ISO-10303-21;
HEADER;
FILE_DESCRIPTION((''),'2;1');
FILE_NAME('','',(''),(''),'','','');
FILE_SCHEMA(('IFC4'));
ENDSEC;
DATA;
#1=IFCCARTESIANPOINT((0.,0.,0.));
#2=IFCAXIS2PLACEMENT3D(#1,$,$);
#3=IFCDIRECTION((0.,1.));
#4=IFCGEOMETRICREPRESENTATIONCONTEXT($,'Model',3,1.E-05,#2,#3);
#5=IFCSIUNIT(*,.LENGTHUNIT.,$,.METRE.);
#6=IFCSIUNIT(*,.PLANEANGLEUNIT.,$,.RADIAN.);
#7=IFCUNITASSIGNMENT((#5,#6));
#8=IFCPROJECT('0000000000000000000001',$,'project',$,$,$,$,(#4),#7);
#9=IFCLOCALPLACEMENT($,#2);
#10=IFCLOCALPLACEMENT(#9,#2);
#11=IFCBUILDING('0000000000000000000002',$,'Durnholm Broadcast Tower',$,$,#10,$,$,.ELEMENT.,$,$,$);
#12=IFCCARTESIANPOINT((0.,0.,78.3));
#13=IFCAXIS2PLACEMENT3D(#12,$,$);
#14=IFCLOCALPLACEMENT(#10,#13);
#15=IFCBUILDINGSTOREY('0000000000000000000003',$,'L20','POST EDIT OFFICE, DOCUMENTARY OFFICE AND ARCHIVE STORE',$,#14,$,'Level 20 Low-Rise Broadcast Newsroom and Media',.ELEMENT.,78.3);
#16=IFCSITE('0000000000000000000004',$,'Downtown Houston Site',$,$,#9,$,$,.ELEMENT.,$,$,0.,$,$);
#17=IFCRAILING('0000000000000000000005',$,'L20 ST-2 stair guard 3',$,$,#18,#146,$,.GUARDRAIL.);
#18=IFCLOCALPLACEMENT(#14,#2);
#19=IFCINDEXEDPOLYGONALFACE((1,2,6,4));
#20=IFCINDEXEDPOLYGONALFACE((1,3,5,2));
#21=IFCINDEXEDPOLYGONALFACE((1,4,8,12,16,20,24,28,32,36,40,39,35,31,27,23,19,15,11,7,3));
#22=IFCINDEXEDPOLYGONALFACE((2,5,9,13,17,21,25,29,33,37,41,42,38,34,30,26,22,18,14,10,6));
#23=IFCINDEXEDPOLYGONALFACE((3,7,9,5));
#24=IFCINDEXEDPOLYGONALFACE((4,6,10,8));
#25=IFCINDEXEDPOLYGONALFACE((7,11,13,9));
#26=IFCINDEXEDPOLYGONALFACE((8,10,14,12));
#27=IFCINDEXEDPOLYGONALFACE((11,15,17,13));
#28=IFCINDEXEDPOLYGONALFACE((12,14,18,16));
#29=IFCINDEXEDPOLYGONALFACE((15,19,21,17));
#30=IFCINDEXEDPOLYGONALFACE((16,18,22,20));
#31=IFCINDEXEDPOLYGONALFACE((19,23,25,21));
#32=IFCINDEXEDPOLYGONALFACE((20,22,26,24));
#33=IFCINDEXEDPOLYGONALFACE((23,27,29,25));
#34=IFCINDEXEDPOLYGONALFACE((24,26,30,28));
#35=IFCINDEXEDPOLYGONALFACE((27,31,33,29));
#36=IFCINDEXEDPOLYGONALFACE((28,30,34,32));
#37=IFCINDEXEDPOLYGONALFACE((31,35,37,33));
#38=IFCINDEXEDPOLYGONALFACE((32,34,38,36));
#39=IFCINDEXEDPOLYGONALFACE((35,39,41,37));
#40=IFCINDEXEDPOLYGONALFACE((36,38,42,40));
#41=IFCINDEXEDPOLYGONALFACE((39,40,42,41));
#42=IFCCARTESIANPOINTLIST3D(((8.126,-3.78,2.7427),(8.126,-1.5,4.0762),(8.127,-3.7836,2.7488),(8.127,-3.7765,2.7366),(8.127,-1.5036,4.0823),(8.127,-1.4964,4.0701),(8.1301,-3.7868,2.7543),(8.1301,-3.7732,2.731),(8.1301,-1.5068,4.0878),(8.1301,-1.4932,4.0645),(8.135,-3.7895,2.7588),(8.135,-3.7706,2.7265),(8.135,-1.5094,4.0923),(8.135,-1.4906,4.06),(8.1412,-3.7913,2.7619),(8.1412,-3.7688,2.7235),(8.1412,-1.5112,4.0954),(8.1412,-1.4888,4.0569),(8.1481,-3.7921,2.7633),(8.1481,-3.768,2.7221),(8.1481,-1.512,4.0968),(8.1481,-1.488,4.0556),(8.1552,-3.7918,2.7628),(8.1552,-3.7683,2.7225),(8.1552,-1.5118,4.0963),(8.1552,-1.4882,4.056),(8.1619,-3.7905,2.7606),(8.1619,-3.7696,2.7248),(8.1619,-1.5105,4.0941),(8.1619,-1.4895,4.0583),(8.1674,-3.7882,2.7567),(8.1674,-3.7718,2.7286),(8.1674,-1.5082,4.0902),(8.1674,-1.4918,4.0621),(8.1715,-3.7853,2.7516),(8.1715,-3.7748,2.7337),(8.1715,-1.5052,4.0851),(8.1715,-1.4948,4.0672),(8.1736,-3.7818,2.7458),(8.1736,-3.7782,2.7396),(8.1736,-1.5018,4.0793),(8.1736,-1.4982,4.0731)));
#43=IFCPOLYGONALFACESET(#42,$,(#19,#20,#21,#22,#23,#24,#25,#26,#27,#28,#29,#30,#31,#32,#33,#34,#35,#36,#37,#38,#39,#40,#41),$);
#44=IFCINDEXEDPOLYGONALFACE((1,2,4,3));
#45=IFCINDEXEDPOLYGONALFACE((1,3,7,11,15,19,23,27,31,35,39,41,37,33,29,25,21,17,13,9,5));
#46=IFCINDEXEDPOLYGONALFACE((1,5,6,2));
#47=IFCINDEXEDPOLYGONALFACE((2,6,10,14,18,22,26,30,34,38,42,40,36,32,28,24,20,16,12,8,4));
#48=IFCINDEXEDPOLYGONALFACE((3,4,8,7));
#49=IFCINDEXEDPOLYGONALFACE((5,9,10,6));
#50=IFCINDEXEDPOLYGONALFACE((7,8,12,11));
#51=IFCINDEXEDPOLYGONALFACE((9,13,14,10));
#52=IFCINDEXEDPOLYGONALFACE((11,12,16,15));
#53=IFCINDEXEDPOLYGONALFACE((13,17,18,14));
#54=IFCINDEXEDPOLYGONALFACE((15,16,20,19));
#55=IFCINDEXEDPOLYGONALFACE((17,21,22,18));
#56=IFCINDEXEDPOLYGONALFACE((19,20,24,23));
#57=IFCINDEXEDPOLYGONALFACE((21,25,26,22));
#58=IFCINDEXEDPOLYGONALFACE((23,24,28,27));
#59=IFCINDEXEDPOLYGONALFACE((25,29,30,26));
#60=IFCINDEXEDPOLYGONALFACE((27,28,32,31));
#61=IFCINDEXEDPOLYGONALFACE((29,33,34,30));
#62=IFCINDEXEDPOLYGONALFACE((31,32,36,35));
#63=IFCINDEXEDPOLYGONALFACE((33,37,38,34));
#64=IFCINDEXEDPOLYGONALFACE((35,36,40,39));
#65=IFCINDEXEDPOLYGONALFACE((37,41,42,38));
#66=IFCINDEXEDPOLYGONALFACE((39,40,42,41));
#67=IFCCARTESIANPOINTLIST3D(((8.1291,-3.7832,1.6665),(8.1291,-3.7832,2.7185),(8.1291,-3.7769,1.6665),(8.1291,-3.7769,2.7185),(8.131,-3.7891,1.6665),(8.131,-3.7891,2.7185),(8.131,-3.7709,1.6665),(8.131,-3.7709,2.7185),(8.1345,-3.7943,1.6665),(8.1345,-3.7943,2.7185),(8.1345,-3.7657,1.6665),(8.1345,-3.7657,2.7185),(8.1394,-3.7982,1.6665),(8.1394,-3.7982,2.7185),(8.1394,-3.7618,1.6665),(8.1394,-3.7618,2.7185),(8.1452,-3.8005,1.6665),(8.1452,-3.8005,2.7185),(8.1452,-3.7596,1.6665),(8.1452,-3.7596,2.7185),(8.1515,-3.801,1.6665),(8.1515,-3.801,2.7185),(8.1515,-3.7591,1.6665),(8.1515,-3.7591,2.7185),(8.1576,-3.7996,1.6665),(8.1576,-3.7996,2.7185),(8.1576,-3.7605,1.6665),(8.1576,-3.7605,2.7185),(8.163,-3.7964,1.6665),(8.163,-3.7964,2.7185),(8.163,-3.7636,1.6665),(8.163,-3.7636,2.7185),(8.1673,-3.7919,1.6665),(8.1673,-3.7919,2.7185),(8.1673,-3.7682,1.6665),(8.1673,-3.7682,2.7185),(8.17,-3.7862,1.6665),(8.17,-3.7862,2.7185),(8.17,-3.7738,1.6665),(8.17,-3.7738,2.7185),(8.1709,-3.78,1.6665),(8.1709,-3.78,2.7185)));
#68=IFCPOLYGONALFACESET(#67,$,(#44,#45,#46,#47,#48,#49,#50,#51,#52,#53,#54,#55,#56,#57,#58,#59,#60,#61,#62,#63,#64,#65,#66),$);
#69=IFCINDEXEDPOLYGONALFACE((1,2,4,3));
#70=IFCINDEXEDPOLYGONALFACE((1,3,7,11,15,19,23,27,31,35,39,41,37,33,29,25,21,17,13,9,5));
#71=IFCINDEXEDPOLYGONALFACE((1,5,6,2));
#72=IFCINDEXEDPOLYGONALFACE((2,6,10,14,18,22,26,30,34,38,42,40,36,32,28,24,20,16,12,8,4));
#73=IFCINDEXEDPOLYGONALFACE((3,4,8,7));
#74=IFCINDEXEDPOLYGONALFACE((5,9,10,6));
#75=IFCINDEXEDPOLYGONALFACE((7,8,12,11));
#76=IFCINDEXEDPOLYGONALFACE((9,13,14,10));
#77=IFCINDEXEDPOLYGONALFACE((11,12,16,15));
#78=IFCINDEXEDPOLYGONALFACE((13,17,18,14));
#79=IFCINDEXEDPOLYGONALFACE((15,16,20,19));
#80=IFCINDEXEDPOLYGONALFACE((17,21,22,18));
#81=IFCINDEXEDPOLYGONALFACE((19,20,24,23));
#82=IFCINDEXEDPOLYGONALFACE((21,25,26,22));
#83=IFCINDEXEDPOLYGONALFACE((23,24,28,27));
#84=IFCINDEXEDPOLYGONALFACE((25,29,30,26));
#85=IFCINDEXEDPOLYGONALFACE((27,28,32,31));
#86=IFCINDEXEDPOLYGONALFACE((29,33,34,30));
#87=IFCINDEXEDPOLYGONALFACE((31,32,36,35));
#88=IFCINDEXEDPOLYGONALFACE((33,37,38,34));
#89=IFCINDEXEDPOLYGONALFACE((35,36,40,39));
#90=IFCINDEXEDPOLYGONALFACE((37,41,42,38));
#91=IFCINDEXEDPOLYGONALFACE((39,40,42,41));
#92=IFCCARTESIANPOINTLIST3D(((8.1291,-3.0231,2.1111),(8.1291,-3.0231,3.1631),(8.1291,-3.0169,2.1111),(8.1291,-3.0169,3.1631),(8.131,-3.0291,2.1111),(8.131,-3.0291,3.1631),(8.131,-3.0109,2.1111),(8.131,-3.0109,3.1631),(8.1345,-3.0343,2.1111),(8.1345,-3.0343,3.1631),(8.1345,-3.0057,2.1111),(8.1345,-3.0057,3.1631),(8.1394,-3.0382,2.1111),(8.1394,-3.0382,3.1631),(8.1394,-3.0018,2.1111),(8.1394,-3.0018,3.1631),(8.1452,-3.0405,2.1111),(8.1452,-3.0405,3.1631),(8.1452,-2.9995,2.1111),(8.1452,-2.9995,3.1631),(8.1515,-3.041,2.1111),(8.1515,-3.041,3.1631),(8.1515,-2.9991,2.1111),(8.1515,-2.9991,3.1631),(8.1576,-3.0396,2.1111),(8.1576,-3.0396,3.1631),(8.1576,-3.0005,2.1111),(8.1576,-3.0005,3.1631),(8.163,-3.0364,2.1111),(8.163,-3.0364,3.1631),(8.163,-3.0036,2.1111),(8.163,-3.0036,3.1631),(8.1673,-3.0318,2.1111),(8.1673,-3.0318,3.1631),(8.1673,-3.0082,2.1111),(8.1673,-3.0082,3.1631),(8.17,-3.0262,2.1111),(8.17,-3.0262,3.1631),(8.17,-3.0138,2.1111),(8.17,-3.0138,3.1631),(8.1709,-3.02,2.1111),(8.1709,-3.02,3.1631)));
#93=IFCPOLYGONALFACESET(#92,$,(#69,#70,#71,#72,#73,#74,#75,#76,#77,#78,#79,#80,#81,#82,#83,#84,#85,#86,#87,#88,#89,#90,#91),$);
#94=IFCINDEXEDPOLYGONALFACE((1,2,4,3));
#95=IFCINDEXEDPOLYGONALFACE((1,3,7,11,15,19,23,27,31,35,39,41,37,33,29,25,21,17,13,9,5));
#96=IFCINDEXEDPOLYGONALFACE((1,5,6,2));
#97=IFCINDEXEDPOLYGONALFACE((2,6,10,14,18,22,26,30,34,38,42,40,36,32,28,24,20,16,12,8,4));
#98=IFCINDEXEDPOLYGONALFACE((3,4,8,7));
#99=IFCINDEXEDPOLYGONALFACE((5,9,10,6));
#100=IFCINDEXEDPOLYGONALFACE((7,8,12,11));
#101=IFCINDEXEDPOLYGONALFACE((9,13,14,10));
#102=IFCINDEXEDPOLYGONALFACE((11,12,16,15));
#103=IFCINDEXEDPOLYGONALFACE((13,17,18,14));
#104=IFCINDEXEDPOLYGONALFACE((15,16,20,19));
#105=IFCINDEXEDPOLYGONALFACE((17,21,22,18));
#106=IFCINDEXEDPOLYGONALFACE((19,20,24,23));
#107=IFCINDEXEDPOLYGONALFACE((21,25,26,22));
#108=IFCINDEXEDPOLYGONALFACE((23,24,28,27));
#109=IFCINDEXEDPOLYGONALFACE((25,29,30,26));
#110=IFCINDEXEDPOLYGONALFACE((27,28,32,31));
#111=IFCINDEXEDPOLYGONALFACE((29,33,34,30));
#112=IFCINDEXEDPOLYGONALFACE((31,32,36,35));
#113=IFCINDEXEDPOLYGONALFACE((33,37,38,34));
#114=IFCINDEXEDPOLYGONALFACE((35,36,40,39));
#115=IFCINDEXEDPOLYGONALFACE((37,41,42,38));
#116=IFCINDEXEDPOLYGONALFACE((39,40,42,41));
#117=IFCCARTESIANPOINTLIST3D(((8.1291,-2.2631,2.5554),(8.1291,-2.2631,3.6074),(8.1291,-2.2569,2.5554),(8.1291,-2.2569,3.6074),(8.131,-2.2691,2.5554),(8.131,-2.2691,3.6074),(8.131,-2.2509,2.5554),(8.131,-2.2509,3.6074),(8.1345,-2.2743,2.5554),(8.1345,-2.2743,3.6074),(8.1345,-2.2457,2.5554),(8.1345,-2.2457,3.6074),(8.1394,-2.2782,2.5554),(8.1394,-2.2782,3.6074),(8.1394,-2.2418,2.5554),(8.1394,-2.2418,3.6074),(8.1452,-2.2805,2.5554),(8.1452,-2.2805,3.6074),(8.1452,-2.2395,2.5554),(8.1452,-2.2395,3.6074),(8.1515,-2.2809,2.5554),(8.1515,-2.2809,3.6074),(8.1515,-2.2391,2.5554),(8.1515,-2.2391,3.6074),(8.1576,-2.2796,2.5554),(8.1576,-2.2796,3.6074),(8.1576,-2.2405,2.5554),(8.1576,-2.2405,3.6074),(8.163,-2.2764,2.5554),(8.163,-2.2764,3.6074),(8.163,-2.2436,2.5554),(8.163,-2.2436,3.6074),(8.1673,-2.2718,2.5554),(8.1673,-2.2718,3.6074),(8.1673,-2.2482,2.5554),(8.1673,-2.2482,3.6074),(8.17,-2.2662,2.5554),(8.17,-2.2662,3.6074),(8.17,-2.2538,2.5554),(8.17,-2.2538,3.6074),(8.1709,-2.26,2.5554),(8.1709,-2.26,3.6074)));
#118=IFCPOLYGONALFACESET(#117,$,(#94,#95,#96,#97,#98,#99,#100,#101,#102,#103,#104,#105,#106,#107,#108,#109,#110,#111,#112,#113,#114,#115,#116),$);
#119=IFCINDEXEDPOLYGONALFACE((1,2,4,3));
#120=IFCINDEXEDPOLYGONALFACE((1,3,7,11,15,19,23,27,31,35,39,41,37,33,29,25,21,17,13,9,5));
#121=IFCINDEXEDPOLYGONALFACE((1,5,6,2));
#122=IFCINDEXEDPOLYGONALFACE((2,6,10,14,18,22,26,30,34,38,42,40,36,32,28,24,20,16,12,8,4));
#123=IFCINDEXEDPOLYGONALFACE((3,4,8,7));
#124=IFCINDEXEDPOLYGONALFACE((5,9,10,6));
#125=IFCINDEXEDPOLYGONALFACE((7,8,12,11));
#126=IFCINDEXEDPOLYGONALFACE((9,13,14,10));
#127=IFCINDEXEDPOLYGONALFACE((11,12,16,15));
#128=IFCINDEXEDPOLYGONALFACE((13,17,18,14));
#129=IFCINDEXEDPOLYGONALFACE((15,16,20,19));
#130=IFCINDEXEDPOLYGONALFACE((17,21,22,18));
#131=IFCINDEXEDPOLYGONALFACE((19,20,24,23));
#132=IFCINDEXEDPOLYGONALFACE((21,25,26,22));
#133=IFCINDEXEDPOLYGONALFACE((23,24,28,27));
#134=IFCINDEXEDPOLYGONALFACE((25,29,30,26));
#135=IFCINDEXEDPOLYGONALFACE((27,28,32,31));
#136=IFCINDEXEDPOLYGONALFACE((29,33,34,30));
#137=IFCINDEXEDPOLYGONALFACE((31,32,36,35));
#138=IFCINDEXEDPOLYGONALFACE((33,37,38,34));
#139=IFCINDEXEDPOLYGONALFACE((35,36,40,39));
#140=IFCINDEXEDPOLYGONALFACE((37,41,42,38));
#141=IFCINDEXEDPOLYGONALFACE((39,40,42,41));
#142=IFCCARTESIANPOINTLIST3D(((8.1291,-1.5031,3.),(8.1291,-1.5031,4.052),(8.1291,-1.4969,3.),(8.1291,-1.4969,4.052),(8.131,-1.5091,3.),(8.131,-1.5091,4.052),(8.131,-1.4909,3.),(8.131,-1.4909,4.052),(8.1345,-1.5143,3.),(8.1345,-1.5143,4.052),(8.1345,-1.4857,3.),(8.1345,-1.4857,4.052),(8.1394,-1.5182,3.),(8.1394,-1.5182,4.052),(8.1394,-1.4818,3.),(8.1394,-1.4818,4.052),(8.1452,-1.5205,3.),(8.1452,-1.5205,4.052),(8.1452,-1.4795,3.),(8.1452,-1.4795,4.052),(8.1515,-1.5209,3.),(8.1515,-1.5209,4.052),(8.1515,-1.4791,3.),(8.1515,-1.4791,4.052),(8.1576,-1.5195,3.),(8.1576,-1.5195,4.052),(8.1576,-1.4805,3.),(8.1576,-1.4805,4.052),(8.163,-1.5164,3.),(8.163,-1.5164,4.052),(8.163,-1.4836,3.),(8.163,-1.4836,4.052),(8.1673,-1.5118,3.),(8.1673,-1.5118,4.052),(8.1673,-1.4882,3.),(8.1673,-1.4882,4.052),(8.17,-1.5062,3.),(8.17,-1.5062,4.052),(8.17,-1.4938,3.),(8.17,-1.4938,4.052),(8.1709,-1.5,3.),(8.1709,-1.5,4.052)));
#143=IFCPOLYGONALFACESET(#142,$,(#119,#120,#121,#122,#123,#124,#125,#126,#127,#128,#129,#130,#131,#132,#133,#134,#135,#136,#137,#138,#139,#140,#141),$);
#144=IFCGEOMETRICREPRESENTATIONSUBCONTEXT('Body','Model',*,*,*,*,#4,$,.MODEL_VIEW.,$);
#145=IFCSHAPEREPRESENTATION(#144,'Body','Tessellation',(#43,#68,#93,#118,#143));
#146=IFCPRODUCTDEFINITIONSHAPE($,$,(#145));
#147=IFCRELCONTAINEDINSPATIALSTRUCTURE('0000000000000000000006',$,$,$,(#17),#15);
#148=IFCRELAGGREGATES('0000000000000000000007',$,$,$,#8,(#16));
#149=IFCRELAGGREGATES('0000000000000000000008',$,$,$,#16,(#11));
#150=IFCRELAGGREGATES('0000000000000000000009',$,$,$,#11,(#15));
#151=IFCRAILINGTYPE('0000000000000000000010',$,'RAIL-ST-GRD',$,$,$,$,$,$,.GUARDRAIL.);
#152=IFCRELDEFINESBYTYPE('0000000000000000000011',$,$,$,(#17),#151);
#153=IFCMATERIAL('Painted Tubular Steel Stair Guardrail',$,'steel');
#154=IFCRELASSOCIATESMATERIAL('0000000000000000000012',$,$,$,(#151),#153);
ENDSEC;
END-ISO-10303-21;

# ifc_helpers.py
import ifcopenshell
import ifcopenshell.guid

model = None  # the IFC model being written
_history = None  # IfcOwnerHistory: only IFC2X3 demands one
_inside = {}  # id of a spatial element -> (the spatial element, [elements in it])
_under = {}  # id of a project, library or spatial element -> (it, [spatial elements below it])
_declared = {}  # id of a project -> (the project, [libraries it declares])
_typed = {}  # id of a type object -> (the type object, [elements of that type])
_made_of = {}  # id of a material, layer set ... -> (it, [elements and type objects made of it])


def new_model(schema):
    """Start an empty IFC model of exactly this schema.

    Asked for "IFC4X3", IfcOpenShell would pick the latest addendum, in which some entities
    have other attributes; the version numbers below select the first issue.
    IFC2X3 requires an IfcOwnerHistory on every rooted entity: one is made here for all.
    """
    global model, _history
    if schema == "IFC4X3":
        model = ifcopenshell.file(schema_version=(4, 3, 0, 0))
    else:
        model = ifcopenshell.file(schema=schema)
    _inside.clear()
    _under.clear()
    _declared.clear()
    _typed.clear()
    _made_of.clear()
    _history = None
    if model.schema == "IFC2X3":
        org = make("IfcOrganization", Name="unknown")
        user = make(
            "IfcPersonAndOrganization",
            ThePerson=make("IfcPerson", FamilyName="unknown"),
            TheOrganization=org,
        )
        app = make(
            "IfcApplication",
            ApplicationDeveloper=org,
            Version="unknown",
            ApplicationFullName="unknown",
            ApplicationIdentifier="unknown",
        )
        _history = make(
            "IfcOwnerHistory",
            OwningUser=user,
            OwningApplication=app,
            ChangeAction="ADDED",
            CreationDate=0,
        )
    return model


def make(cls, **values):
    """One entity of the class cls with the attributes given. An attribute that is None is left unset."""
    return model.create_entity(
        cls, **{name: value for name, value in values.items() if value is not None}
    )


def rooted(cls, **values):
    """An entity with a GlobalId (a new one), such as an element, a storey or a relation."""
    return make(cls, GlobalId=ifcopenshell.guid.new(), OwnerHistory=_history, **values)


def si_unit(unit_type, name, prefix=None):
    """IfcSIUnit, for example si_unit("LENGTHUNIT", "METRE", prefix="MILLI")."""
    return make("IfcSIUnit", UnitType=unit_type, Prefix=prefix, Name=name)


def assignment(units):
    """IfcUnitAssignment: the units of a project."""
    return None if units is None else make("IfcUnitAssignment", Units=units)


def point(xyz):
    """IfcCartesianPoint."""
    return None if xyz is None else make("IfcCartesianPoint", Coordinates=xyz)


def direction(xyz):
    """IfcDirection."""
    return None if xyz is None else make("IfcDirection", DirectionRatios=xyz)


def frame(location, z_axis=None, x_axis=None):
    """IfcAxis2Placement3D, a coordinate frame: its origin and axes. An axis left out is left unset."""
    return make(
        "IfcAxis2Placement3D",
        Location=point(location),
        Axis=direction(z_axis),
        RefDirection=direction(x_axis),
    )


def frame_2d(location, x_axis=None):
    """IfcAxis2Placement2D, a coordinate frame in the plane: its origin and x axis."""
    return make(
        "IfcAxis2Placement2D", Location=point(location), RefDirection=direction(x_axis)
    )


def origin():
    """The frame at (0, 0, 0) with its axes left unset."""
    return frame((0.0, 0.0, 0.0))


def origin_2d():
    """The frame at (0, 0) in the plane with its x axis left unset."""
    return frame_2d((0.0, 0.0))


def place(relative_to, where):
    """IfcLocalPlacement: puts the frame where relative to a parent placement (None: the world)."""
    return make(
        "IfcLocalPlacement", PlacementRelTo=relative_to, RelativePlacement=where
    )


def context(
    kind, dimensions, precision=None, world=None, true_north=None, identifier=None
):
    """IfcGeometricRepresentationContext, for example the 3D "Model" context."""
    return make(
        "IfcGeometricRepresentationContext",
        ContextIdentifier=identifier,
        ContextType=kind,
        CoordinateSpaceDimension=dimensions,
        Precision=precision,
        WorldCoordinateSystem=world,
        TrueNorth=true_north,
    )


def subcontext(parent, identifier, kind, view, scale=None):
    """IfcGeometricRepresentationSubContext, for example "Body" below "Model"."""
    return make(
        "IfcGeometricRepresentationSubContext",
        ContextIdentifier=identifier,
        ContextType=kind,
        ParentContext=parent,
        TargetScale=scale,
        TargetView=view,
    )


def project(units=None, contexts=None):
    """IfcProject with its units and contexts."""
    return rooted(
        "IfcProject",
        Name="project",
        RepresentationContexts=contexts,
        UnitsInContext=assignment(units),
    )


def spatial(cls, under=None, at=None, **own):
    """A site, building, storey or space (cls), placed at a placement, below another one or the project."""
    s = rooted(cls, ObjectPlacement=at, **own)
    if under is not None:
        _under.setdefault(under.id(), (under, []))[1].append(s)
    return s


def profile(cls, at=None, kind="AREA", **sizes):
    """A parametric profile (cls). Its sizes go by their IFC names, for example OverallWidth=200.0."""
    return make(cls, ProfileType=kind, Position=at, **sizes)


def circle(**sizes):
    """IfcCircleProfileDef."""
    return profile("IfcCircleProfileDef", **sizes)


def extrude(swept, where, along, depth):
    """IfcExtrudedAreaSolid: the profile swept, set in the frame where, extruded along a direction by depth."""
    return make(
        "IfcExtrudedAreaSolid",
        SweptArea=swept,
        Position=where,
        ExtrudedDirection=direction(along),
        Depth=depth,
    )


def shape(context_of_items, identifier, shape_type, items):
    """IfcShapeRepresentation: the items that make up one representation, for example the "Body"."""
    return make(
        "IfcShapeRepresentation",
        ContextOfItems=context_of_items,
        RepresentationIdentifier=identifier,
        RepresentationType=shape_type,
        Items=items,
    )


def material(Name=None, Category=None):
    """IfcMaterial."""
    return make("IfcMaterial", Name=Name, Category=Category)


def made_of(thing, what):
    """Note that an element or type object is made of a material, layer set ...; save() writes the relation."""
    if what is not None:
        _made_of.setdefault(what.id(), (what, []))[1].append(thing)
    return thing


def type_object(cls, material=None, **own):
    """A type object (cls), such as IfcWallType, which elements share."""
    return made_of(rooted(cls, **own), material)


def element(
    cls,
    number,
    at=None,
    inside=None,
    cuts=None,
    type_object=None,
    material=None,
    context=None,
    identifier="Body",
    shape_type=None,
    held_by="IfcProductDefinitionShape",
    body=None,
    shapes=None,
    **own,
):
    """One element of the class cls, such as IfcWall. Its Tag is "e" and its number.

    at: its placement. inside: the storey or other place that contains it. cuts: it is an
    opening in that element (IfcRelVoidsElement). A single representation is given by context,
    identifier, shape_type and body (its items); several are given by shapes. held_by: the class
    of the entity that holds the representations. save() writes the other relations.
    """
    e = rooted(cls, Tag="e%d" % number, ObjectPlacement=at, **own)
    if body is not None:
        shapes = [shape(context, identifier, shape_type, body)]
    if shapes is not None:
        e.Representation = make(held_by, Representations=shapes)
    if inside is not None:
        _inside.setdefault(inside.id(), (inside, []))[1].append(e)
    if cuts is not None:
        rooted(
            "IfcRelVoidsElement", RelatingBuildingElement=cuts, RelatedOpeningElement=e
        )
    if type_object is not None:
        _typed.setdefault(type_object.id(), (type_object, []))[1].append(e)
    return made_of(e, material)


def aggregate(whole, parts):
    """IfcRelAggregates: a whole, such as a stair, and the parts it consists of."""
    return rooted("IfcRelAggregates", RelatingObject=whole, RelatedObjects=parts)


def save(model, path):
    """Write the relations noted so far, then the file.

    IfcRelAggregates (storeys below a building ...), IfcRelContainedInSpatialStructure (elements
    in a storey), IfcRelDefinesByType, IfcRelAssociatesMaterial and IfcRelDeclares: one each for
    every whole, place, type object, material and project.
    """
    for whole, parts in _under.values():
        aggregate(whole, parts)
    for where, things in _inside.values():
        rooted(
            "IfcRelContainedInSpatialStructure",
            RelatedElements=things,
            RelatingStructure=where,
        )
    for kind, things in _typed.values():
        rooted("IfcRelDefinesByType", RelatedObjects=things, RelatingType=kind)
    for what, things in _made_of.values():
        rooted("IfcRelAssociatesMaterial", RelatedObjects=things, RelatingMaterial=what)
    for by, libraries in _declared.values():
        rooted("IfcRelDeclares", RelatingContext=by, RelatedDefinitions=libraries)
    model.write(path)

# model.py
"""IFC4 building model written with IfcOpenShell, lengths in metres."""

from ifc_helpers import new_model, si_unit, direction, frame, origin, origin_2d, place, context, subcontext, project, spatial, circle, extrude, material, type_object, element, save


model = new_model("IFC4")

# Units and contexts
model_context = context("Model", 3, precision=1e-05, world=origin(), true_north=direction((0.0, 1.0)))
body_context = subcontext(model_context, "Body", "Model", "MODEL_VIEW")
ifc_project = project(units=[si_unit("LENGTHUNIT", "METRE"), si_unit("PLANEANGLEUNIT", "RADIAN")], contexts=[model_context])

# Site, building, storey
site_placement = place(None, origin())
site = spatial("IfcSite", under=ifc_project, at=site_placement, Name="Downtown Houston Site", CompositionType="ELEMENT", RefElevation=0.0)
building_placement = place(site_placement, origin())
building = spatial("IfcBuilding", under=site, at=building_placement, Name="Durnholm Broadcast Tower", CompositionType="ELEMENT")
storey_placement = place(building_placement, frame((0.0, 0.0, 78.3)))
storey = spatial("IfcBuildingStorey", under=building, at=storey_placement, Name="L20", Description="POST EDIT OFFICE, DOCUMENTARY OFFICE AND ARCHIVE STORE", LongName="Level 20 Low-Rise Broadcast Newsroom and Media", CompositionType="ELEMENT", Elevation=78.3)

# Railing
ifc_material_1 = material(Name="Painted Tubular Steel Stair Guardrail", Category="steel")
railing_type_1 = type_object("IfcRailingType", Name="RAIL-ST-GRD", PredefinedType="GUARDRAIL", material=ifc_material_1)
railing_1_placement = place(storey_placement, frame((8.1499, -3.78, 1.6665)))
element("IfcRailing", 1, at=railing_1_placement, inside=storey, type_object=railing_type_1, Name="L20 ST-2 stair guard 3", PredefinedType="GUARDRAIL", context=body_context, shape_type="SweptSolid", body=[
    extrude(circle(Radius=0.0239, at=origin_2d()), frame((0.0, 0.0, 1.0762), z_axis=(0.0, 0.863205, 0.504853), x_axis=(-1.0, 0.0, 0.0)), (0.0, 0.0, 1.0), 2.6414),
    extrude(circle(Radius=0.021, at=origin_2d()), origin(), (0.0, 0.0, 1.0), 1.052),
    extrude(circle(Radius=0.021, at=origin_2d()), frame((0.0, 0.76, 0.4446)), (0.0, 0.0, 1.0), 1.052),
    extrude(circle(Radius=0.021, at=origin_2d()), frame((0.0, 1.52, 0.8889)), (0.0, 0.0, 1.0), 1.052),
    extrude(circle(Radius=0.021, at=origin_2d()), frame((0.0, 2.28, 1.3335)), (0.0, 0.0, 1.0), 1.052),
])

save(model, "model.ifc")
